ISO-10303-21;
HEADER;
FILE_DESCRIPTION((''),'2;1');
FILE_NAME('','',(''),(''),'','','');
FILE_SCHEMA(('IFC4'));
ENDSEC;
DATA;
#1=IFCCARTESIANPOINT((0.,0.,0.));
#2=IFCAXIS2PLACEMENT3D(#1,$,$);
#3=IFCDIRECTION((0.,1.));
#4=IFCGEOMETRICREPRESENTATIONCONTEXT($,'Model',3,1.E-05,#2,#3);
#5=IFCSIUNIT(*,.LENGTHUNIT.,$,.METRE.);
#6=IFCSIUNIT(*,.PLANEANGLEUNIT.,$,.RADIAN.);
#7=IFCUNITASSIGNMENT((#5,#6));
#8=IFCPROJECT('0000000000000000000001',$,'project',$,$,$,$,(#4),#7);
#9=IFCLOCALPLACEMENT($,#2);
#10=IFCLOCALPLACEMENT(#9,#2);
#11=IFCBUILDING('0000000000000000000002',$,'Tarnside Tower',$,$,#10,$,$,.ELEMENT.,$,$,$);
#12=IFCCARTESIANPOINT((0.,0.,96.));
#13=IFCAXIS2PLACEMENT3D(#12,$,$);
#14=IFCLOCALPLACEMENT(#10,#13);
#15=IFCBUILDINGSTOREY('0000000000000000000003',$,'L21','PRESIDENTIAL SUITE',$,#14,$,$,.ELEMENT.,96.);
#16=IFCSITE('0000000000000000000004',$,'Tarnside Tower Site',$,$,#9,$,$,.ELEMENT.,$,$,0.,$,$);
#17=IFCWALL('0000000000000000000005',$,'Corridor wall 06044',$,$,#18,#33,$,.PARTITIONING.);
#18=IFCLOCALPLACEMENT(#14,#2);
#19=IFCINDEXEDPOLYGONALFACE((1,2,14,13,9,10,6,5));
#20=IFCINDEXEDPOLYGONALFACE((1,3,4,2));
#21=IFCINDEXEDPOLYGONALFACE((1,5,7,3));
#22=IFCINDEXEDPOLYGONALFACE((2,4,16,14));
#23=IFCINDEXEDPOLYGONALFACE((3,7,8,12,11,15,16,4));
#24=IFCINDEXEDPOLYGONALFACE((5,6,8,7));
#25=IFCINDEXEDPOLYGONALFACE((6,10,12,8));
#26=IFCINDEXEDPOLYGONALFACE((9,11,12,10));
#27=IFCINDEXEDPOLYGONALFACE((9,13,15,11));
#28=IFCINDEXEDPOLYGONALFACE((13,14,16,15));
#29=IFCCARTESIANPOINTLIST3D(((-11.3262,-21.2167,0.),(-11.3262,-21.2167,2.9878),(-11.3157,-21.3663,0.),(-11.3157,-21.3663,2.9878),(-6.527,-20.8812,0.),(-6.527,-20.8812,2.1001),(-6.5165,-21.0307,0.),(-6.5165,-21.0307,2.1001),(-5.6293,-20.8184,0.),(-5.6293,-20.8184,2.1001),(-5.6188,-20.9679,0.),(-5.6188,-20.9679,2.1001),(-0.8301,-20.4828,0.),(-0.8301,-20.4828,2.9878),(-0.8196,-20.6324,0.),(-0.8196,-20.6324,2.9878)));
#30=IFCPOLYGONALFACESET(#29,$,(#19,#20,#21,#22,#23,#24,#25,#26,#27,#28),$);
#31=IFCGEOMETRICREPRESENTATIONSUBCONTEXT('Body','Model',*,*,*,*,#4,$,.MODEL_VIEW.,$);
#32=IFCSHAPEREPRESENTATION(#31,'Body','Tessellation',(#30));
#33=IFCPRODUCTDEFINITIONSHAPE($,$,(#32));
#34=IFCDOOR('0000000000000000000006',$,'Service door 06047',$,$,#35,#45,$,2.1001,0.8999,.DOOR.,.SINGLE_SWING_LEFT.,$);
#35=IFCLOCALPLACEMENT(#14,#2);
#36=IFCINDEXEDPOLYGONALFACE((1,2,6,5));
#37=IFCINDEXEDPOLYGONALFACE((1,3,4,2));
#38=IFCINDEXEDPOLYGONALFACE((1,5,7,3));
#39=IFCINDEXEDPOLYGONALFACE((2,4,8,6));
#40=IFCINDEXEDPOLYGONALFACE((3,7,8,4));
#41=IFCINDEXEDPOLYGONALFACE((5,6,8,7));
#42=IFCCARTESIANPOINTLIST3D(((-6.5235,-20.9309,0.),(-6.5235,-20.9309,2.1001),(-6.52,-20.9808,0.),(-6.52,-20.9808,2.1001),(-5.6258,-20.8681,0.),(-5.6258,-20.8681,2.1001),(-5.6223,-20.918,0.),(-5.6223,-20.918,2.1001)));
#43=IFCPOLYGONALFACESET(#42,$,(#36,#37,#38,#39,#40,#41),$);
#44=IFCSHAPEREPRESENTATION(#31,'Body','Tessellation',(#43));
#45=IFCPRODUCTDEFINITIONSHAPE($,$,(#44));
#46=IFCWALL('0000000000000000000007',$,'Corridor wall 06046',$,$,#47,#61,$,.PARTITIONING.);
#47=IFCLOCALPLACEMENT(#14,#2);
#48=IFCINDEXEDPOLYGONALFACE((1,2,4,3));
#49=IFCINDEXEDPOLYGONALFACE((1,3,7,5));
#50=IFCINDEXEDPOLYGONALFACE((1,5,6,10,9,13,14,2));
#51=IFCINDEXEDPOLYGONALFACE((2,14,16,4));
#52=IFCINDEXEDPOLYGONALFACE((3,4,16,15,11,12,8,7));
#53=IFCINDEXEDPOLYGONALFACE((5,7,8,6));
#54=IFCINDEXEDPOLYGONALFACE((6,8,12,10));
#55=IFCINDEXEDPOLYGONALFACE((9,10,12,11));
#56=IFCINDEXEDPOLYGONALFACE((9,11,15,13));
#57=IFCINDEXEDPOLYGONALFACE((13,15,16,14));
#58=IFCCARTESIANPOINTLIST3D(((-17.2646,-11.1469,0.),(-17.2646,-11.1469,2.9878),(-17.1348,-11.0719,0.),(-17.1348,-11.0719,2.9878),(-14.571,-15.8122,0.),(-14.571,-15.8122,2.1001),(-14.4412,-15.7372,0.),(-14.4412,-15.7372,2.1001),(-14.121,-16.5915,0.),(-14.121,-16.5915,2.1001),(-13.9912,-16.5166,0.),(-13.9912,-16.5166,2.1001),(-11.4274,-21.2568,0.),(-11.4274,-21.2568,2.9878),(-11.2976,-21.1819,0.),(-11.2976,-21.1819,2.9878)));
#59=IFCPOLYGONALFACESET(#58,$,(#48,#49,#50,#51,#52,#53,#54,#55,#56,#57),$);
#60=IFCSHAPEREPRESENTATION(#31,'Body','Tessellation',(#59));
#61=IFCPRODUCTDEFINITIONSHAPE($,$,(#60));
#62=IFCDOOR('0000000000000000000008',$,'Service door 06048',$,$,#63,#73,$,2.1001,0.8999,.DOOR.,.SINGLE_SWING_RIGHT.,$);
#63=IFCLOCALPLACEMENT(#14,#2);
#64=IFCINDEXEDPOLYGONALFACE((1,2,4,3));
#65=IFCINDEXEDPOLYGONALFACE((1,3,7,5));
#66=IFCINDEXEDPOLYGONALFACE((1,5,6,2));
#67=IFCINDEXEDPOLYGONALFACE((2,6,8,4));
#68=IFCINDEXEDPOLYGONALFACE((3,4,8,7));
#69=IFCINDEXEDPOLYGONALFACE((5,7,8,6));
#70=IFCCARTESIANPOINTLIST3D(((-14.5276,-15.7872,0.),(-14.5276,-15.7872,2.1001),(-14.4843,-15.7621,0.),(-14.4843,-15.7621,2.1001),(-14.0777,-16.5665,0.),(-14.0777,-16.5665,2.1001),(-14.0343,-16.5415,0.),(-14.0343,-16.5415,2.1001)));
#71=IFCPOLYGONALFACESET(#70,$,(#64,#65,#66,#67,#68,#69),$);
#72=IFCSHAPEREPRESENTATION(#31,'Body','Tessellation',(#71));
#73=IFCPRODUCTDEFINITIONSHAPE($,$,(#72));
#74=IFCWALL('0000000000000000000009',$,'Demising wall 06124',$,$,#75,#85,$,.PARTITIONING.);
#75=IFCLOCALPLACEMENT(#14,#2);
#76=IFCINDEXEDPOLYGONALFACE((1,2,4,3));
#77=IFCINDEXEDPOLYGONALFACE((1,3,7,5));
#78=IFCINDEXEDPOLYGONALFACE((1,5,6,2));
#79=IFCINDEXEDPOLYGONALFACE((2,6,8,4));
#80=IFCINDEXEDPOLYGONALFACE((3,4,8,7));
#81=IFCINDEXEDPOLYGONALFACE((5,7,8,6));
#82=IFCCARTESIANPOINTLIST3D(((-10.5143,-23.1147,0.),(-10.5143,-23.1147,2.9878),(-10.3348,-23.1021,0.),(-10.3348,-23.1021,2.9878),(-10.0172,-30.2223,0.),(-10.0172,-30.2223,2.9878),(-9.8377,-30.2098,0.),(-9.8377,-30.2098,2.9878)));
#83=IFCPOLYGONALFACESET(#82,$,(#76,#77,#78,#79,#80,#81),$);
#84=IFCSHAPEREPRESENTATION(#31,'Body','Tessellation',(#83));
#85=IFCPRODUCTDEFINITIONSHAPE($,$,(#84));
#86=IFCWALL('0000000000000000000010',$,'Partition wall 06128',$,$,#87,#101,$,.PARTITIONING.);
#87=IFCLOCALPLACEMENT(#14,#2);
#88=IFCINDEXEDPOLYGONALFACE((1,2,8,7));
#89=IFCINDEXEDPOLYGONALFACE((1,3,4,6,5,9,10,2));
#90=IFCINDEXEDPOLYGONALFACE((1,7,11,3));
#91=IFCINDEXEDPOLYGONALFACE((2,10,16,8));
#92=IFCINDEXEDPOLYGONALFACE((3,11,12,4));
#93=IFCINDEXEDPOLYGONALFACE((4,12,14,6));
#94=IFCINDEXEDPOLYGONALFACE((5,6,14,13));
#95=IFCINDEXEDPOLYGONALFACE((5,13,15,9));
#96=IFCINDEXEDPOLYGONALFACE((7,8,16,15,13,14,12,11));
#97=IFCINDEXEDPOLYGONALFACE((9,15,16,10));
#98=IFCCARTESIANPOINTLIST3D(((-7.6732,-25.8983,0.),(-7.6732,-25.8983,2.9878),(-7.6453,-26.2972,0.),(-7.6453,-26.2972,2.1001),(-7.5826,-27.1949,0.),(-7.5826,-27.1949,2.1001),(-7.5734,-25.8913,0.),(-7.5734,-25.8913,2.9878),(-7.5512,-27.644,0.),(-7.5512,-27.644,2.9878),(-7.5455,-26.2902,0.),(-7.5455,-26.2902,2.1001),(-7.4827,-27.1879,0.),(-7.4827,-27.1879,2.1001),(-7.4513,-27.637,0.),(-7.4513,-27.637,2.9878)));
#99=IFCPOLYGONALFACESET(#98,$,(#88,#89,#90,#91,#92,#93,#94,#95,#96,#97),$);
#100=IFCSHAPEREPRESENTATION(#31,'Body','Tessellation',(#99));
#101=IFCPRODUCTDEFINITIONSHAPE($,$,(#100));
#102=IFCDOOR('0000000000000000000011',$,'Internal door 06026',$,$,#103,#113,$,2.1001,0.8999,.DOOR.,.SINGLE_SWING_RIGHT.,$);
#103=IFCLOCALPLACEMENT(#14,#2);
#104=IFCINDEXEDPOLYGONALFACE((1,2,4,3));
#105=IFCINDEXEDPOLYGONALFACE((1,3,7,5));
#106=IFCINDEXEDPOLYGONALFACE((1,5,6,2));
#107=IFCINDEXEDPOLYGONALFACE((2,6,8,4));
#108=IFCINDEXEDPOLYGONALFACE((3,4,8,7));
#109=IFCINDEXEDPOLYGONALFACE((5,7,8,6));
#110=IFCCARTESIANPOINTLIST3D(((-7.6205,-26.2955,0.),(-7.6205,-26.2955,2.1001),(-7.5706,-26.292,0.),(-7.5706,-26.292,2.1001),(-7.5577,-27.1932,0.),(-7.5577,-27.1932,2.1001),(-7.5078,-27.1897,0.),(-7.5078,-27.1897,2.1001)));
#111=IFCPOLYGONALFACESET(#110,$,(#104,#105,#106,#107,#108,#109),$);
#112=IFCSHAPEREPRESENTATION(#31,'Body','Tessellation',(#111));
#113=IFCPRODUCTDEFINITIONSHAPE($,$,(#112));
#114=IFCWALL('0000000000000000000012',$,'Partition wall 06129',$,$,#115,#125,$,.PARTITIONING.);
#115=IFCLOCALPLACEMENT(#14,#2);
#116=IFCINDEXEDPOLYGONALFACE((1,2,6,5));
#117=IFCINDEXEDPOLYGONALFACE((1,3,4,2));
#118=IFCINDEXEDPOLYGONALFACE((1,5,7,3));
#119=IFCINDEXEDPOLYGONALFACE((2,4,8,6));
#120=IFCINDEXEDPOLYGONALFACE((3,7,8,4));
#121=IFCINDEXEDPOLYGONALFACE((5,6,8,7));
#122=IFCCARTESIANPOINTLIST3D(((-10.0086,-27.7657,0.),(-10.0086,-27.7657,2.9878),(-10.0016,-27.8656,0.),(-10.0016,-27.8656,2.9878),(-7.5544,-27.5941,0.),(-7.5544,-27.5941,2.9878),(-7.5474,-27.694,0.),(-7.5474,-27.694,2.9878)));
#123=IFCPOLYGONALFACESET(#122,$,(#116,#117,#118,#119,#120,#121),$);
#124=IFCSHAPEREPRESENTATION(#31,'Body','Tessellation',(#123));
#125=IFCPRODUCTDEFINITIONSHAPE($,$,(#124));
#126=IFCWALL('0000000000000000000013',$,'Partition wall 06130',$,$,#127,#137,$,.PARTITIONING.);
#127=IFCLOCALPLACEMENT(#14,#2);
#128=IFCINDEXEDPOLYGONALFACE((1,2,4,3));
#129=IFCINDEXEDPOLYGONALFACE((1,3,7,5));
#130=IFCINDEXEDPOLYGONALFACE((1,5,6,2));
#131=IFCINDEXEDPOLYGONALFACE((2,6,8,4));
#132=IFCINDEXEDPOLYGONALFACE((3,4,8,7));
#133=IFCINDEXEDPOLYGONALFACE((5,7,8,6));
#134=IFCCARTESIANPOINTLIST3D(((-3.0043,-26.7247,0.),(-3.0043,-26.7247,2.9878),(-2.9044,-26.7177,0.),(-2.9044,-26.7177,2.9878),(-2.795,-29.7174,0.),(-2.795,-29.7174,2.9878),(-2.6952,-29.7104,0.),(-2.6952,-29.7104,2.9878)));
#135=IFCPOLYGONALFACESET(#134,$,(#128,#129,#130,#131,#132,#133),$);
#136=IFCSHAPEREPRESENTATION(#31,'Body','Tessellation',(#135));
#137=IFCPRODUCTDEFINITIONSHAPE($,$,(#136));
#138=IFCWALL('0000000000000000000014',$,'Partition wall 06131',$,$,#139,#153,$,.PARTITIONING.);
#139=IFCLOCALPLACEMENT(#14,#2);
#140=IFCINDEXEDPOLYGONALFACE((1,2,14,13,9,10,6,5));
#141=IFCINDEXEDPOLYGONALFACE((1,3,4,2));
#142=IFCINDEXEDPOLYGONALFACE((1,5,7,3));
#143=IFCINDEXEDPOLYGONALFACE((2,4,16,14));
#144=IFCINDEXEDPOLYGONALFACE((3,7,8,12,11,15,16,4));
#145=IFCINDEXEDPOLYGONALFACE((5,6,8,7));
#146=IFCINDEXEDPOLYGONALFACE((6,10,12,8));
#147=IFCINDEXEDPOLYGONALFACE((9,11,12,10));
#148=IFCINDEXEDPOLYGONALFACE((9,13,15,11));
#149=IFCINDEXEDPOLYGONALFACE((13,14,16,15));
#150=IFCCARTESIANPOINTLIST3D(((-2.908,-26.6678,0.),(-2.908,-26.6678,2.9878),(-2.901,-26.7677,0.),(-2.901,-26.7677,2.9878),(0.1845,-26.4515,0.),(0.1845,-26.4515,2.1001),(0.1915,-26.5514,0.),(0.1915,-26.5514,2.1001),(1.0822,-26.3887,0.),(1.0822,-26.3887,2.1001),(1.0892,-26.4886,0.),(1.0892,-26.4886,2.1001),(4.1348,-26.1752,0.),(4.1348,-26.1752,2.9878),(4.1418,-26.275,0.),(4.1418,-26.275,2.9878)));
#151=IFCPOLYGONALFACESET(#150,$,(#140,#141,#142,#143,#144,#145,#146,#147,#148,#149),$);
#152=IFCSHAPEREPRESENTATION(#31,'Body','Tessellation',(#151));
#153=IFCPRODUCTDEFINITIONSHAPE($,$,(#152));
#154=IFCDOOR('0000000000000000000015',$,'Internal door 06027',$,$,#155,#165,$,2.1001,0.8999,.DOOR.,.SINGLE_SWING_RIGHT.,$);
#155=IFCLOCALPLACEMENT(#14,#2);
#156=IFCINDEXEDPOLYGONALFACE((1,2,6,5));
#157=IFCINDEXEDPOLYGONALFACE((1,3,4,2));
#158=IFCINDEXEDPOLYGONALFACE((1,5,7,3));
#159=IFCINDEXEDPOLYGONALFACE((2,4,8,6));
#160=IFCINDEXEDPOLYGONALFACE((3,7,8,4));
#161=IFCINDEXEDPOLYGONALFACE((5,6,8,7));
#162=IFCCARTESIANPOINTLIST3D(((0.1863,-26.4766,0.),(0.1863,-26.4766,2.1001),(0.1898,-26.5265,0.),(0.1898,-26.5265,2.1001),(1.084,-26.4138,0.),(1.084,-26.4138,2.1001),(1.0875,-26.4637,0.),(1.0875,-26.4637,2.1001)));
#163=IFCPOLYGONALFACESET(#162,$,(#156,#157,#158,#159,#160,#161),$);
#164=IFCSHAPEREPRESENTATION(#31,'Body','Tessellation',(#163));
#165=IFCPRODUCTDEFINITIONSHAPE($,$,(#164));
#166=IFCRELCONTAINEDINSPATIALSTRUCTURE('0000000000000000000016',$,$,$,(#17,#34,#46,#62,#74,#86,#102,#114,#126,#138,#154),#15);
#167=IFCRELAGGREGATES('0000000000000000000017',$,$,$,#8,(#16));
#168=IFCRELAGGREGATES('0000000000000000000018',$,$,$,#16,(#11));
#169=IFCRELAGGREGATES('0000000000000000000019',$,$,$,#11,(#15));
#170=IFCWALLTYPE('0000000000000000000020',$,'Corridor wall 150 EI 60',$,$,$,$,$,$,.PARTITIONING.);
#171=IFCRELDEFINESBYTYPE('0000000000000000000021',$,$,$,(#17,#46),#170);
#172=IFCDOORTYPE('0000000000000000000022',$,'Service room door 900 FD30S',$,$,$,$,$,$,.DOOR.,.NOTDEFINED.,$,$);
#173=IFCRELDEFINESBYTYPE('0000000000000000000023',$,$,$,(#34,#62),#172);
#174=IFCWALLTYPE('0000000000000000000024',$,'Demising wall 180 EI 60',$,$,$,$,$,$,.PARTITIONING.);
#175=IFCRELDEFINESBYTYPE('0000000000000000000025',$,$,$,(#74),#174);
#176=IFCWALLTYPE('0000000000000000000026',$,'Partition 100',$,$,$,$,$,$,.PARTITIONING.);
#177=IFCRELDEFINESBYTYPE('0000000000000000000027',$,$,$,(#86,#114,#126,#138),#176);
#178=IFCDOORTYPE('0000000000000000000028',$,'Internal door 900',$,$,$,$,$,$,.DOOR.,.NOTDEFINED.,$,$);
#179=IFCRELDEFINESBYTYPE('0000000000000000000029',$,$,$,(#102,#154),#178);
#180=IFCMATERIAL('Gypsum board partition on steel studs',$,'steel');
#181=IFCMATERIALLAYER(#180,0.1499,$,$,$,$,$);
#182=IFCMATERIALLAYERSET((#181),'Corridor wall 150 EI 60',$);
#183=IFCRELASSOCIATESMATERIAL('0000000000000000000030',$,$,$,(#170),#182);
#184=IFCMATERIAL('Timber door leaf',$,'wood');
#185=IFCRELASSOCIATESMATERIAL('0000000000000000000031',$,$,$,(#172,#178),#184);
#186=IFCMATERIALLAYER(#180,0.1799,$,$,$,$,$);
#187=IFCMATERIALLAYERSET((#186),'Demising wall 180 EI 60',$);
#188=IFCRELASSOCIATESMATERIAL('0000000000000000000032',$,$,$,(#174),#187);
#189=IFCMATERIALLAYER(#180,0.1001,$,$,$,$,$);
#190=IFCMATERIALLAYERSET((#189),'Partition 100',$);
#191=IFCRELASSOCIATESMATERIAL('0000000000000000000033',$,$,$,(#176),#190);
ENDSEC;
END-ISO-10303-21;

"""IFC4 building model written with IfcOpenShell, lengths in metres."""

from ifc_helpers import new_model, si_unit, direction, frame, frame_2d, origin, place, context, subcontext, project, spatial, rectangle, extrude, material, layer, layer_set, type_object, element, fill, save


model = new_model("IFC4")

# Units and contexts
model_context = context("Model", 3, precision=1e-05, world=origin(), true_north=direction((0.0, 1.0)))
body_context = subcontext(model_context, "Body", "Model", "MODEL_VIEW")
ifc_project = project(units=[si_unit("LENGTHUNIT", "METRE"), si_unit("PLANEANGLEUNIT", "RADIAN")], contexts=[model_context])

# Site, building, storey
site_placement = place(None, origin())
site = spatial("IfcSite", under=ifc_project, at=site_placement, Name="Tarnside Tower Site", CompositionType="ELEMENT", RefElevation=0.0)
building_placement = place(site_placement, origin())
building = spatial("IfcBuilding", under=site, at=building_placement, Name="Tarnside Tower", CompositionType="ELEMENT")
storey_placement = place(building_placement, frame((0.0, 0.0, 96.0)))
storey = spatial("IfcBuildingStorey", under=building, at=storey_placement, Name="L21", Description="PRESIDENTIAL SUITE", CompositionType="ELEMENT", Elevation=96.0)

# Shared definitions
ifc_material_1 = material(Name="Gypsum board partition on steel studs", Category="steel")
ifc_material_2 = material(Name="Timber door leaf", Category="wood")

# Shared definitions
ifc_layer_1 = layer(ifc_material_1, 0.1499)
ifc_layer_set_1 = layer_set([ifc_layer_1], Name="Corridor wall 150 EI 60")
wall_type_1 = type_object("IfcWallType", Name="Corridor wall 150 EI 60", PredefinedType="PARTITIONING", material=ifc_layer_set_1)

# Walls, openings, doors
wall_1_placement = place(storey_placement, frame((-0.825, -20.5576, 0.0), z_axis=(0.0, 0.0, 1.0), x_axis=(-0.997565, -0.06975, 0.0)))
wall_1 = element("IfcWall", 1, at=wall_1_placement, inside=storey, type_object=wall_type_1, Name="Corridor wall 06044", PredefinedType="PARTITIONING", context=body_context, shape_type="SweptSolid", body=[
    extrude(rectangle(XDim=10.5217, YDim=0.1499, at=frame_2d((5.2607, 0.0))), origin(), (0.0, 0.0, 1.0), 2.9878),
])
opening_1_placement = place(wall_1_placement, frame((4.8108, 0.0, 0.0)))
opening_1 = element("IfcOpeningElement", 2, at=opening_1_placement, cuts=wall_1, PredefinedType="OPENING", context=body_context, shape_type="SweptSolid", body=[
    extrude(rectangle(XDim=0.8999, YDim=2.1001, at=frame_2d((0.45, 1.05))), frame((0.0, 0.085, 0.0), z_axis=(0.0, -1.0, 0.0), x_axis=(1.0, 0.0, 0.0)), (0.0, 0.0, 1.0), 0.1699),
])
door_type_1 = type_object("IfcDoorType", Name="Service room door 900 FD30S", OperationType="NOTDEFINED", PredefinedType="DOOR", material=ifc_material_2)
door_1_placement = place(opening_1_placement, origin())
door_1 = element("IfcDoor", 3, at=door_1_placement, inside=storey, type_object=door_type_1, Name="Service door 06047", OperationType="SINGLE_SWING_LEFT", OverallHeight=2.1001, OverallWidth=0.8999, PredefinedType="DOOR", context=body_context, shape_type="SweptSolid", body=[
    extrude(rectangle(XDim=0.8999, YDim=2.1001, at=frame_2d((0.45, 1.05))), frame((0.0, 0.0249, 0.0), z_axis=(0.0, -1.0, 0.0), x_axis=(1.0, 0.0, 0.0)), (0.0, 0.0, 1.0), 0.05),
])
fill(opening_1, door_1)
wall_2_placement = place(storey_placement, frame((-11.3625, -21.2192, 0.0), z_axis=(0.0, 0.0, 1.0), x_axis=(-0.500015, 0.866017, 0.0)))
wall_2 = element("IfcWall", 4, at=wall_2_placement, inside=storey, type_object=wall_type_1, Name="Corridor wall 06046", PredefinedType="PARTITIONING", context=body_context, shape_type="SweptSolid", body=[
    extrude(rectangle(XDim=11.6741, YDim=0.1499, at=frame_2d((5.8369, 0.0))), origin(), (0.0, 0.0, 1.0), 2.9878),
])
opening_2_placement = place(wall_2_placement, frame((5.387, 0.0, 0.0)))
opening_2 = element("IfcOpeningElement", 5, at=opening_2_placement, cuts=wall_2, PredefinedType="OPENING", context=body_context, shape_type="SweptSolid", body=[
    extrude(rectangle(XDim=0.8999, YDim=2.1001, at=frame_2d((0.45, 1.05))), frame((0.0, 0.085, 0.0), z_axis=(0.0, -1.0, 0.0), x_axis=(1.0, 0.0, 0.0)), (0.0, 0.0, 1.0), 0.1699),
])
door_2_placement = place(opening_2_placement, origin())
door_2 = element("IfcDoor", 6, at=door_2_placement, inside=storey, type_object=door_type_1, Name="Service door 06048", OperationType="SINGLE_SWING_RIGHT", OverallHeight=2.1001, OverallWidth=0.8999, PredefinedType="DOOR", context=body_context, shape_type="SweptSolid", body=[
    extrude(rectangle(XDim=0.8999, YDim=2.1001, at=frame_2d((0.45, 1.05))), frame((0.0, 0.0249, 0.0), z_axis=(0.0, -1.0, 0.0), x_axis=(1.0, 0.0, 0.0)), (0.0, 0.0, 1.0), 0.05),
])
fill(opening_2, door_2)

# Wall
ifc_layer_2 = layer(ifc_material_1, 0.1799)
ifc_layer_set_2 = layer_set([ifc_layer_2], Name="Demising wall 180 EI 60")
wall_type_2 = type_object("IfcWallType", Name="Demising wall 180 EI 60", PredefinedType="PARTITIONING", material=ifc_layer_set_2)
wall_3_placement = place(storey_placement, frame((-9.9275, -30.2161, 0.0), z_axis=(0.0, 0.0, 1.0), x_axis=(-0.069764, 0.997564, 0.0)))
element("IfcWall", 7, at=wall_3_placement, inside=storey, type_object=wall_type_2, Name="Demising wall 06124", PredefinedType="PARTITIONING", context=body_context, shape_type="SweptSolid", body=[
    extrude(rectangle(XDim=7.125, YDim=0.1799, at=frame_2d((3.5625, 0.0))), origin(), (0.0, 0.0, 1.0), 2.9878),
])

# Wall, opening, door
ifc_layer_3 = layer(ifc_material_1, 0.1001)
ifc_layer_set_3 = layer_set([ifc_layer_3], Name="Partition 100")
wall_type_3 = type_object("IfcWallType", Name="Partition 100", PredefinedType="PARTITIONING", material=ifc_layer_set_3)
wall_4_placement = place(storey_placement, frame((-7.6233, -25.8948, 0.0), z_axis=(0.0, 0.0, 1.0), x_axis=(0.06975, -0.997565, 0.0)))
wall_4 = element("IfcWall", 8, at=wall_4_placement, inside=storey, type_object=wall_type_3, Name="Partition wall 06128", PredefinedType="PARTITIONING", context=body_context, shape_type="SweptSolid", body=[
    extrude(rectangle(XDim=1.75, YDim=0.1001, at=frame_2d((0.875, 0.0))), origin(), (0.0, 0.0, 1.0), 2.9878),
])
opening_3_placement = place(wall_4_placement, frame((0.3999, 0.0, 0.0)))
opening_3 = element("IfcOpeningElement", 9, at=opening_3_placement, cuts=wall_4, PredefinedType="OPENING", context=body_context, shape_type="SweptSolid", body=[
    extrude(rectangle(XDim=0.8999, YDim=2.1001, at=frame_2d((0.45, 1.05))), frame((0.0, 0.0601, 0.0), z_axis=(0.0, -1.0, 0.0), x_axis=(1.0, 0.0, 0.0)), (0.0, 0.0, 1.0), 0.1201),
])
door_type_2 = type_object("IfcDoorType", Name="Internal door 900", OperationType="NOTDEFINED", PredefinedType="DOOR", material=ifc_material_2)
door_3_placement = place(opening_3_placement, origin())
door_3 = element("IfcDoor", 10, at=door_3_placement, inside=storey, type_object=door_type_2, Name="Internal door 06026", OperationType="SINGLE_SWING_RIGHT", OverallHeight=2.1001, OverallWidth=0.8999, PredefinedType="DOOR", context=body_context, shape_type="SweptSolid", body=[
    extrude(rectangle(XDim=0.8999, YDim=2.1001, at=frame_2d((0.45, 1.05))), frame((0.0, 0.0249, 0.0), z_axis=(0.0, -1.0, 0.0), x_axis=(1.0, 0.0, 0.0)), (0.0, 0.0, 1.0), 0.05),
])
fill(opening_3, door_3)

# Walls
wall_5_placement = place(storey_placement, frame((-7.551, -27.644, 0.0), z_axis=(0.0, 0.0, 1.0), x_axis=(-0.997563, -0.069766, 0.0)))
element("IfcWall", 11, at=wall_5_placement, inside=storey, type_object=wall_type_3, Name="Partition wall 06129", PredefinedType="PARTITIONING", context=body_context, shape_type="SweptSolid", body=[
    extrude(rectangle(XDim=2.4602, YDim=0.1001, at=frame_2d((1.23, 0.0))), origin(), (0.0, 0.0, 1.0), 2.9878),
])
wall_6_placement = place(storey_placement, frame((-2.7451, -29.7139, 0.0), z_axis=(0.0, 0.0, 1.0), x_axis=(-0.069743, 0.997565, 0.0)))
element("IfcWall", 12, at=wall_6_placement, inside=storey, type_object=wall_type_3, Name="Partition wall 06130", PredefinedType="PARTITIONING", context=body_context, shape_type="SweptSolid", body=[
    extrude(rectangle(XDim=3.0, YDim=0.1001, at=frame_2d((1.5, 0.0))), origin(), (0.0, 0.0, 1.0), 2.9878),
])

# Wall, opening, door
wall_7_placement = place(storey_placement, frame((-2.9045, -26.7178, 0.0), z_axis=(0.0, 0.0, 1.0), x_axis=(0.997562, 0.069782, 0.0)))
wall_7 = element("IfcWall", 13, at=wall_7_placement, inside=storey, type_object=wall_type_3, Name="Partition wall 06131", PredefinedType="PARTITIONING", context=body_context, shape_type="SweptSolid", body=[
    extrude(rectangle(XDim=7.0601, YDim=0.1001, at=frame_2d((3.53, 0.0))), origin(), (0.0, 0.0, 1.0), 2.9878),
])
opening_4_placement = place(wall_7_placement, frame((3.1001, 0.0, 0.0)))
opening_4 = element("IfcOpeningElement", 14, at=opening_4_placement, cuts=wall_7, PredefinedType="OPENING", context=body_context, shape_type="SweptSolid", body=[
    extrude(rectangle(XDim=0.8999, YDim=2.1001, at=frame_2d((0.45, 1.05))), frame((0.0, 0.0601, 0.0), z_axis=(0.0, -1.0, 0.0), x_axis=(1.0, 0.0, 0.0)), (0.0, 0.0, 1.0), 0.1201),
])
door_4_placement = place(opening_4_placement, origin())
door_4 = element("IfcDoor", 15, at=door_4_placement, inside=storey, type_object=door_type_2, Name="Internal door 06027", OperationType="SINGLE_SWING_RIGHT", OverallHeight=2.1001, OverallWidth=0.8999, PredefinedType="DOOR", context=body_context, shape_type="SweptSolid", body=[
    extrude(rectangle(XDim=0.8999, YDim=2.1001, at=frame_2d((0.45, 1.05))), frame((0.0, 0.0249, 0.0), z_axis=(0.0, -1.0, 0.0), x_axis=(1.0, 0.0, 0.0)), (0.0, 0.0, 1.0), 0.05),
])
fill(opening_4, door_4)

save(model, "model.ifc")
